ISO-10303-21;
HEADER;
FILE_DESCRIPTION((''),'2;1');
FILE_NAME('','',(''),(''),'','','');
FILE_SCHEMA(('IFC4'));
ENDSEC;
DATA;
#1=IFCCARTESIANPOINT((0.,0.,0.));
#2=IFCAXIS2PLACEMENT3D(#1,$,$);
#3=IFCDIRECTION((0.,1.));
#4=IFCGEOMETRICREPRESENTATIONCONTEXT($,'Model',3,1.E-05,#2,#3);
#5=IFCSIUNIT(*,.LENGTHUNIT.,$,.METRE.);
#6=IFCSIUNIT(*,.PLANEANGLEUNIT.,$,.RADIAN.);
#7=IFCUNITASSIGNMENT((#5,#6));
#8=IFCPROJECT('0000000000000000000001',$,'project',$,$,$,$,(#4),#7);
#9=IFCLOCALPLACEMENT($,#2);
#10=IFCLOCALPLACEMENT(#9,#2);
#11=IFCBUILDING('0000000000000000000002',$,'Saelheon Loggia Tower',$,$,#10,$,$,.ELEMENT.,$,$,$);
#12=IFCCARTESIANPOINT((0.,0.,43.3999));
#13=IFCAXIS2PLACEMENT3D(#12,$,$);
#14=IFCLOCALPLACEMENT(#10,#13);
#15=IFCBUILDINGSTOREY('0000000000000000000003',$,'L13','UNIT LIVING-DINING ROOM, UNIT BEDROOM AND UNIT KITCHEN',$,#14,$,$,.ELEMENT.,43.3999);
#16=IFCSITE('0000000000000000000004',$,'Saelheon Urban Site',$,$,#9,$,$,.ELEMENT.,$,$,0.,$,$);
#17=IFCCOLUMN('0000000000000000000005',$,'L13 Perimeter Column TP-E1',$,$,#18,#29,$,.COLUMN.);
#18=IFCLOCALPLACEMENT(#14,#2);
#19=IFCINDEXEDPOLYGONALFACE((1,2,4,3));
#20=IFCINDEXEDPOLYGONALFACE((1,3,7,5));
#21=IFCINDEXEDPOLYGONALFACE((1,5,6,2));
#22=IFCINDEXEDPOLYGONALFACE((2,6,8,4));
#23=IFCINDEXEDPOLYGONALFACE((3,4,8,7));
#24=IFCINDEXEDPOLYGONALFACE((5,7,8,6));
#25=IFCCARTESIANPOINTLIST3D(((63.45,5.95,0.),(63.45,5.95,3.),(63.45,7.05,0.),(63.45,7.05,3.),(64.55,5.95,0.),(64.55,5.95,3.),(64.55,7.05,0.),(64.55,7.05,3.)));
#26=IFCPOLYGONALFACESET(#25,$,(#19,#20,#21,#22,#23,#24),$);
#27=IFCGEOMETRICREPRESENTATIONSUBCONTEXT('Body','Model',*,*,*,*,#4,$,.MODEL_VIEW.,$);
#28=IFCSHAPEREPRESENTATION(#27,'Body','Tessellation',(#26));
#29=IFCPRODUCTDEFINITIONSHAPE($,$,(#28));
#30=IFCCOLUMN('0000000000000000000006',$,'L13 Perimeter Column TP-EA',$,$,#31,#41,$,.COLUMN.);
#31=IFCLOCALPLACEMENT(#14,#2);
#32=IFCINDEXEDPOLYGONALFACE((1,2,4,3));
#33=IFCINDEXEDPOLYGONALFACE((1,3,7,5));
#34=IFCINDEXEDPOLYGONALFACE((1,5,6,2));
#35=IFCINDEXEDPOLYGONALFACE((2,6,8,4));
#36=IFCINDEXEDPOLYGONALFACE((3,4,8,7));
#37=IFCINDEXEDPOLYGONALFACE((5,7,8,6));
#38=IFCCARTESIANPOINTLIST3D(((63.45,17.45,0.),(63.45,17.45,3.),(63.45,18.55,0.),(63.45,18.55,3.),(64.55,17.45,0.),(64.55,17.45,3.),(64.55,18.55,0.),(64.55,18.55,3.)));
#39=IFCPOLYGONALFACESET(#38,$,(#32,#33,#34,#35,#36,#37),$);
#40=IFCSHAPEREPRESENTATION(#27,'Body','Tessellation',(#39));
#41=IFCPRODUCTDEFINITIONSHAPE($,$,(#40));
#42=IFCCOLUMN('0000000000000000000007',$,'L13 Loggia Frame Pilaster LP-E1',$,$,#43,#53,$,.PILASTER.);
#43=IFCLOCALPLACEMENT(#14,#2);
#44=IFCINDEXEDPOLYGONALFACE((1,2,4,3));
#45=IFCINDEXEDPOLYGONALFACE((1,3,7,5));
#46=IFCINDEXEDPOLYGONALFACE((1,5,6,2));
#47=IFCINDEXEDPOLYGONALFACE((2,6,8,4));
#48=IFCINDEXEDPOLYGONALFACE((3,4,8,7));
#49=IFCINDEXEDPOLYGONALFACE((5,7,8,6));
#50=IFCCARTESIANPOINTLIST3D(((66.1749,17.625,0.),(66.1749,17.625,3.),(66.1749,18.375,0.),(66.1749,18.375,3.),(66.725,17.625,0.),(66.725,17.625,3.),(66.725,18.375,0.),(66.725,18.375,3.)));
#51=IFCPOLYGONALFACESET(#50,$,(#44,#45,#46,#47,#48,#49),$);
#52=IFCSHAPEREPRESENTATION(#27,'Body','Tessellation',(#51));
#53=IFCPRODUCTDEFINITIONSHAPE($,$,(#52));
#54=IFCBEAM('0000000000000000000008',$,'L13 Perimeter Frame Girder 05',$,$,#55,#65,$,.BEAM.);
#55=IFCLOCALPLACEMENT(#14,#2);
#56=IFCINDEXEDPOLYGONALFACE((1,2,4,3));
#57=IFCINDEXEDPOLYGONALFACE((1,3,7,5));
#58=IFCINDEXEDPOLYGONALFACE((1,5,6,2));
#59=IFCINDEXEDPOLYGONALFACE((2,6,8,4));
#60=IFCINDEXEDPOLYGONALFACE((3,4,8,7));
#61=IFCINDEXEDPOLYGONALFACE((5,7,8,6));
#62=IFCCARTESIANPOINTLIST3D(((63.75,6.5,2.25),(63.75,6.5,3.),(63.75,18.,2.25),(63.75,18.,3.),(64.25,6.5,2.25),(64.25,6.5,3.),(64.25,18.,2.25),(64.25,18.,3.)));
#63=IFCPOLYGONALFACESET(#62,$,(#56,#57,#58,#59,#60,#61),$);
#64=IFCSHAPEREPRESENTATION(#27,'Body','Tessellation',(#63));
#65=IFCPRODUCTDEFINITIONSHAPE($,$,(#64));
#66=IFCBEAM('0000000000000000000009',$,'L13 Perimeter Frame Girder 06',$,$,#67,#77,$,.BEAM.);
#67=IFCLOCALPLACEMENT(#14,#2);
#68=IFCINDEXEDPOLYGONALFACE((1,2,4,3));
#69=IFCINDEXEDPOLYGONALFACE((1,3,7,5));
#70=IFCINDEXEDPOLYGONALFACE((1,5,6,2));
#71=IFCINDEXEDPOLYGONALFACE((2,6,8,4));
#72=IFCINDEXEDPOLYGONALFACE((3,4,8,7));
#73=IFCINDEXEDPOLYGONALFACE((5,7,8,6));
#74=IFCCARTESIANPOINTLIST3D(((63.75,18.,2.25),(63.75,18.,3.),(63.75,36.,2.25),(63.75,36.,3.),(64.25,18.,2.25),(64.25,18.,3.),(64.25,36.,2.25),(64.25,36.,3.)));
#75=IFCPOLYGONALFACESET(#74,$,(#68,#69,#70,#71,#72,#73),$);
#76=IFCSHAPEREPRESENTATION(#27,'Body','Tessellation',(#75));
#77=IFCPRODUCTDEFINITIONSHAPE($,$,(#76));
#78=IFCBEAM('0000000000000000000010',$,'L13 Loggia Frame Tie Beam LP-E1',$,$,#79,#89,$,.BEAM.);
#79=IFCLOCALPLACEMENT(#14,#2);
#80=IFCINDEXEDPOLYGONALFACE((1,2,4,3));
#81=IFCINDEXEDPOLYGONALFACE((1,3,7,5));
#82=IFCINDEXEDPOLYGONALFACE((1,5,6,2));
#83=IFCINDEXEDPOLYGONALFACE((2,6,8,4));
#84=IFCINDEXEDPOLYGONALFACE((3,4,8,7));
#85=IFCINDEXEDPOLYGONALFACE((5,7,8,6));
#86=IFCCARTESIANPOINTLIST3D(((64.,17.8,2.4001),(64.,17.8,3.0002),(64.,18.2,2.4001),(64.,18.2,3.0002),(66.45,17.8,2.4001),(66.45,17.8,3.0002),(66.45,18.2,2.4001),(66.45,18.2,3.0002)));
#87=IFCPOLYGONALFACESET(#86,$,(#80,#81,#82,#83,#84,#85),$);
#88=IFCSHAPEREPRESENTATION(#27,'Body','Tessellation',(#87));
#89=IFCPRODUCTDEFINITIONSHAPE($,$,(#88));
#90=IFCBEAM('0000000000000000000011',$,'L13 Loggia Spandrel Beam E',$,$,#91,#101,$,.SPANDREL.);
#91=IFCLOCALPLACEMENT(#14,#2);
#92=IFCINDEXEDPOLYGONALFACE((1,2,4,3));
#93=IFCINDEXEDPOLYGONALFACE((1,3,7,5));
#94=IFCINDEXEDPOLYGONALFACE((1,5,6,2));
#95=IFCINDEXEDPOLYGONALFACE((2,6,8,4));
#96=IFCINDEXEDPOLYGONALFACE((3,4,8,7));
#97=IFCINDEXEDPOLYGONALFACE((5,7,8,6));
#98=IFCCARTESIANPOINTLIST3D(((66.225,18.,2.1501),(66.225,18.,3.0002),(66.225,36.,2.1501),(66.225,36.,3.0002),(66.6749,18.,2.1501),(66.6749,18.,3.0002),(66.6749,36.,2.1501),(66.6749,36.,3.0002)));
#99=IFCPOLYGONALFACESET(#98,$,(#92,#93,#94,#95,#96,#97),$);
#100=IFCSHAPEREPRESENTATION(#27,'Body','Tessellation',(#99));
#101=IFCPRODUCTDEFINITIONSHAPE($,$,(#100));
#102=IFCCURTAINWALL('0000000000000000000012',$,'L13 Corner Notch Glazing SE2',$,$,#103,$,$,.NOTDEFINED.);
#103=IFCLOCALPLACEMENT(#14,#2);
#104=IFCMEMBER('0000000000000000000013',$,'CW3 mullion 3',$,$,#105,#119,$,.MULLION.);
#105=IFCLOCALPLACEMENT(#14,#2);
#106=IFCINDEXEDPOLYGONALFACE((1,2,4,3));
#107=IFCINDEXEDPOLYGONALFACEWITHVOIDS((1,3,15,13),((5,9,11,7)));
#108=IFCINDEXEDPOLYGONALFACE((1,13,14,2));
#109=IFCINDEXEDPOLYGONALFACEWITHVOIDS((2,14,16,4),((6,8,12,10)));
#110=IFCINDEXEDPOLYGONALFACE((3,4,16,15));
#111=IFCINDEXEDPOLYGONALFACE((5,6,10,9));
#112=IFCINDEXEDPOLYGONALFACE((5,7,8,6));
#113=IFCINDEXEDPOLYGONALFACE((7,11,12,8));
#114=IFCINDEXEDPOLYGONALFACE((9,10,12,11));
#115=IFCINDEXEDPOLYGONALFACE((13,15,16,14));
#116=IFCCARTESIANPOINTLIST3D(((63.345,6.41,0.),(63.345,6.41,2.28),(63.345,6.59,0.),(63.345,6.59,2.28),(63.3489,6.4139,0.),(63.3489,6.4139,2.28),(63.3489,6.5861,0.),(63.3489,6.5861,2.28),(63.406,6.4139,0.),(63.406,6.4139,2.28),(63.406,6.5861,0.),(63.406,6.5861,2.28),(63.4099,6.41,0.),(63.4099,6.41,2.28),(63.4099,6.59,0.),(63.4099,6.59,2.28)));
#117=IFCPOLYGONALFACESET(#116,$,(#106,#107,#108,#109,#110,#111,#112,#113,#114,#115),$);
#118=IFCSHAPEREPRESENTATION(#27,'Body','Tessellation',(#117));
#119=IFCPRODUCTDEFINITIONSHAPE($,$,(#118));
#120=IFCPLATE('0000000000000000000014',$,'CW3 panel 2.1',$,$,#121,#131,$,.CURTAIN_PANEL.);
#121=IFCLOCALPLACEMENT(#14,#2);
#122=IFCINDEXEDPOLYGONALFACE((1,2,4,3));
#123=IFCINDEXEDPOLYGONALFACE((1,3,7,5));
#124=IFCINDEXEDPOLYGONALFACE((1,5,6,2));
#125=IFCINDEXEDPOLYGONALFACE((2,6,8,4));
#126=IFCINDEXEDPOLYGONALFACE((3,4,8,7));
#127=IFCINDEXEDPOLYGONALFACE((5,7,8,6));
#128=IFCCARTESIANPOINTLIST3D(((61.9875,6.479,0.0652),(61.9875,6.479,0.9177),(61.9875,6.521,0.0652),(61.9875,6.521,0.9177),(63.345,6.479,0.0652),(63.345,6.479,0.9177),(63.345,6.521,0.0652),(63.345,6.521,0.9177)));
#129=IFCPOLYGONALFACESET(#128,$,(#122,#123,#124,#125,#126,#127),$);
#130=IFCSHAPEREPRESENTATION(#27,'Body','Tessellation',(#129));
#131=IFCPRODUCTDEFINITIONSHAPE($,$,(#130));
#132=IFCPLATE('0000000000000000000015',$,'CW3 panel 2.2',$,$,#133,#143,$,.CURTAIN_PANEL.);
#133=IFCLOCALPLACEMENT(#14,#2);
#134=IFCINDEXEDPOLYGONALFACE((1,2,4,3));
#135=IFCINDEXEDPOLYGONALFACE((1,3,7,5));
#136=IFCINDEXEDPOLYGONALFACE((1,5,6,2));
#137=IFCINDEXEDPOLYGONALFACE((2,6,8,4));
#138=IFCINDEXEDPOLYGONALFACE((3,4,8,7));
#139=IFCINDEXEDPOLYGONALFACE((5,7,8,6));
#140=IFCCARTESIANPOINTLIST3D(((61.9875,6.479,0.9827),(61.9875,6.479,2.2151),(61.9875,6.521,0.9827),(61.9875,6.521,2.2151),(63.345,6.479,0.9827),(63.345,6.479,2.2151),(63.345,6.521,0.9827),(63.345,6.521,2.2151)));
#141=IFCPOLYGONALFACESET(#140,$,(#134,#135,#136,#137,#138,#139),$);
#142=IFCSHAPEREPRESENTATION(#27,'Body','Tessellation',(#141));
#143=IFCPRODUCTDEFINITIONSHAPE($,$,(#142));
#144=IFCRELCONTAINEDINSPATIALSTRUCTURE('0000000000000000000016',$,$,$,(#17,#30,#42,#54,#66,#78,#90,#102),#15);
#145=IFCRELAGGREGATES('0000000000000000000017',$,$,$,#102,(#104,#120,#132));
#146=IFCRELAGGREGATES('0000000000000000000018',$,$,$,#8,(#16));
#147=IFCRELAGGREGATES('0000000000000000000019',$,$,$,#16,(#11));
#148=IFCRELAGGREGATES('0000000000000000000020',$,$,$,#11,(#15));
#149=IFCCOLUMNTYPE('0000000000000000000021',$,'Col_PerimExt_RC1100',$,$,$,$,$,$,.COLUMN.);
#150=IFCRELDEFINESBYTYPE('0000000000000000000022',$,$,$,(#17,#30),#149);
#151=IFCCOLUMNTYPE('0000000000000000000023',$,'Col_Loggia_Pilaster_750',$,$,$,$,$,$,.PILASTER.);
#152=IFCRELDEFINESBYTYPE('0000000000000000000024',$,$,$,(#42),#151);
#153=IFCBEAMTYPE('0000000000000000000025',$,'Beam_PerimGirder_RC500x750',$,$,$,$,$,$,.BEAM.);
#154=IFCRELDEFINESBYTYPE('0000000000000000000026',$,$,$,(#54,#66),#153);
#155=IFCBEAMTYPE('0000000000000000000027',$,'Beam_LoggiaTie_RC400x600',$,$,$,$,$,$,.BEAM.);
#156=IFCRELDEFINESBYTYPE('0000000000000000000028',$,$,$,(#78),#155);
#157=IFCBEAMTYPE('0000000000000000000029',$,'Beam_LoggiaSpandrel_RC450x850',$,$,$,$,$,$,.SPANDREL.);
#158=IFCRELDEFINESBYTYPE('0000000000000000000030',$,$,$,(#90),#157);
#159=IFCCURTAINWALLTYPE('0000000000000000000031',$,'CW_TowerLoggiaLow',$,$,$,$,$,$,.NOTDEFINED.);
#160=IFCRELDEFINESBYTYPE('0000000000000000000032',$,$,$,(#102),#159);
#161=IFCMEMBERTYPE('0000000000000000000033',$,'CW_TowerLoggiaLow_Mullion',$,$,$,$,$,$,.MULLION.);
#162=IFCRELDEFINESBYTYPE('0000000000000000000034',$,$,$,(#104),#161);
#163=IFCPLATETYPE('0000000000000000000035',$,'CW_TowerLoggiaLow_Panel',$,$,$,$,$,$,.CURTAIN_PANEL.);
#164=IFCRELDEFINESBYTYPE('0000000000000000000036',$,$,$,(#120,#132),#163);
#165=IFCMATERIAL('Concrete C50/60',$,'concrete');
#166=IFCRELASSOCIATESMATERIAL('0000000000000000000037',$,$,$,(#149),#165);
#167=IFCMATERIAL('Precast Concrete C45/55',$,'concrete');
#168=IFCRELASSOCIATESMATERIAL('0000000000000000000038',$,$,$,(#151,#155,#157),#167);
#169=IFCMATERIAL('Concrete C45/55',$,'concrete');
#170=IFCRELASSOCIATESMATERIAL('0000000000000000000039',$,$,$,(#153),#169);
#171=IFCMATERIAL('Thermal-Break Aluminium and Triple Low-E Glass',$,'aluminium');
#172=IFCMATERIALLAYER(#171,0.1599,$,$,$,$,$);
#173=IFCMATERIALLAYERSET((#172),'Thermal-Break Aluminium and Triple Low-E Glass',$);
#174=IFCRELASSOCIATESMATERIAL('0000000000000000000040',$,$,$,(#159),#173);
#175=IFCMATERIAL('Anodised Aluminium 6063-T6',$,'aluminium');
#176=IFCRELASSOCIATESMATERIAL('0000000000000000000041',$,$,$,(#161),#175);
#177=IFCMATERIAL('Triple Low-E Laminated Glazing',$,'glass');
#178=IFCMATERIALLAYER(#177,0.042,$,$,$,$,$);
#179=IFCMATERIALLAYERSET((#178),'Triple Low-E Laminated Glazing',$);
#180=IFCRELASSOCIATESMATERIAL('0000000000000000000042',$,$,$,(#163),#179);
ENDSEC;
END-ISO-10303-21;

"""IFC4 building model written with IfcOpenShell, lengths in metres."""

from ifc_helpers import new_model, si_unit, direction, frame, origin, origin_2d, place, context, subcontext, project, spatial, rectangle, hollow_rectangle, extrude, source, transform, mapped, material, layer, layer_set, material_profile, profile_set, type_object, element, aggregate, save


model = new_model("IFC4")

# Units and contexts
model_context = context("Model", 3, precision=1e-05, world=origin(), true_north=direction((0.0, 1.0)))
body_context = subcontext(model_context, "Body", "Model", "MODEL_VIEW")
ifc_project = project(units=[si_unit("LENGTHUNIT", "METRE"), si_unit("PLANEANGLEUNIT", "RADIAN")], contexts=[model_context])

# Site, building, storey
site_placement = place(None, origin())
site = spatial("IfcSite", under=ifc_project, at=site_placement, Name="Saelheon Urban Site", CompositionType="ELEMENT", RefElevation=0.0)
building_placement = place(site_placement, origin())
building = spatial("IfcBuilding", under=site, at=building_placement, Name="Saelheon Loggia Tower", CompositionType="ELEMENT")
storey_placement = place(building_placement, frame((0.0, 0.0, 43.3999)))
storey = spatial("IfcBuildingStorey", under=building, at=storey_placement, Name="L13", Description="UNIT LIVING-DINING ROOM, UNIT BEDROOM AND UNIT KITCHEN", CompositionType="ELEMENT", Elevation=43.3999)

# Columns
ifc_material_1 = material(Name="Concrete C50/60", Category="concrete")
ifc_material_profile_1 = material_profile(ifc_material_1, rectangle(XDim=1.1001, YDim=1.1001, at=origin_2d()), Name="RC-1100x1100")
ifc_profile_set_1 = profile_set([ifc_material_profile_1], Name="Concrete C50/60")
column_type_1 = type_object("IfcColumnType", Name="Col_PerimExt_RC1100", PredefinedType="COLUMN", material=ifc_profile_set_1)
shared_shape_1 = source(origin(), body_context, "Body", "SweptSolid", [
    extrude(rectangle(XDim=1.1001, YDim=1.1001, at=origin_2d()), origin(), (0.0, 0.0, 1.0), 3.0),
])
for number, where, z_axis, x_axis, name in (
    (1, (64.0, 6.5, 0.0), (0.0, 0.0, 1.0), (1.0, 0.0, 0.0), "L13 Perimeter Column TP-E1"),
    (2, (64.0, 18.0, 0.0), (0.0, 0.0, 1.0), (1.0, 0.0, 0.0), "L13 Perimeter Column TP-EA"),
):
    element("IfcColumn", number, at=place(storey_placement, frame(where, z_axis=z_axis, x_axis=x_axis)), inside=storey, type_object=column_type_1, Name=name, PredefinedType="COLUMN", context=body_context, shape_type="MappedRepresentation", body=[
        mapped(shared_shape_1, transform((0.0, 0.0, 0.0), scale=1.0)),
    ])
ifc_material_2 = material(Name="Precast Concrete C45/55", Category="concrete")
ifc_material_profile_2 = material_profile(ifc_material_2, rectangle(XDim=0.55, YDim=0.75, at=origin_2d()), Name="RC-550x750")
ifc_profile_set_2 = profile_set([ifc_material_profile_2], Name="Precast Concrete C45/55")
column_type_2 = type_object("IfcColumnType", Name="Col_Loggia_Pilaster_750", PredefinedType="PILASTER", material=ifc_profile_set_2)
shared_shape_2 = source(origin(), body_context, "Body", "SweptSolid", [
    extrude(rectangle(XDim=0.55, YDim=0.75, at=origin_2d()), origin(), (0.0, 0.0, 1.0), 3.0),
])
column_placement = place(storey_placement, frame((66.45, 18.0, 0.0), z_axis=(0.0, 0.0, 1.0), x_axis=(1.0, 0.0, 0.0)))
element("IfcColumn", 3, at=column_placement, inside=storey, type_object=column_type_2, Name="L13 Loggia Frame Pilaster LP-E1", PredefinedType="PILASTER", context=body_context, shape_type="MappedRepresentation", body=[
    mapped(shared_shape_2, transform((0.0, 0.0, 0.0), scale=1.0)),
])

# Beams
ifc_material_3 = material(Name="Concrete C45/55", Category="concrete")
ifc_material_profile_3 = material_profile(ifc_material_3, rectangle(XDim=0.5, YDim=0.75, at=origin_2d()), Name="RC-500x750")
ifc_profile_set_3 = profile_set([ifc_material_profile_3], Name="Concrete C45/55")
beam_type_1 = type_object("IfcBeamType", Name="Beam_PerimGirder_RC500x750", PredefinedType="BEAM", material=ifc_profile_set_3)
shared_shape_3 = source(origin(), body_context, "Body", "SweptSolid", [
    extrude(rectangle(XDim=0.5, YDim=0.75, at=origin_2d()), origin(), (0.0, 0.0, 1.0), 11.5),
])
beam_1_placement = place(storey_placement, frame((64.0, 6.5, 2.625), z_axis=(0.0, 1.0, 0.0), x_axis=(-1.0, 0.0, 0.0)))
element("IfcBeam", 4, at=beam_1_placement, inside=storey, type_object=beam_type_1, Name="L13 Perimeter Frame Girder 05", PredefinedType="BEAM", context=body_context, shape_type="MappedRepresentation", body=[
    mapped(shared_shape_3, transform((0.0, 0.0, 0.0), scale=1.0)),
])
shared_shape_4 = source(origin(), body_context, "Body", "SweptSolid", [
    extrude(rectangle(XDim=0.5, YDim=0.75, at=origin_2d()), origin(), (0.0, 0.0, 1.0), 18.0),
])
beam_2_placement = place(storey_placement, frame((64.0, 18.0, 2.625), z_axis=(0.0, 1.0, 0.0), x_axis=(-1.0, 0.0, 0.0)))
element("IfcBeam", 5, at=beam_2_placement, inside=storey, type_object=beam_type_1, Name="L13 Perimeter Frame Girder 06", PredefinedType="BEAM", context=body_context, shape_type="MappedRepresentation", body=[
    mapped(shared_shape_4, transform((0.0, 0.0, 0.0), scale=1.0)),
])
ifc_material_profile_4 = material_profile(ifc_material_2, rectangle(XDim=0.3999, YDim=0.6001, at=origin_2d()), Name="RC-400x600")
ifc_profile_set_4 = profile_set([ifc_material_profile_4], Name="Precast Concrete C45/55")
beam_type_2 = type_object("IfcBeamType", Name="Beam_LoggiaTie_RC400x600", PredefinedType="BEAM", material=ifc_profile_set_4)
shared_shape_5 = source(origin(), body_context, "Body", "SweptSolid", [
    extrude(rectangle(XDim=0.3999, YDim=0.6001, at=origin_2d()), origin(), (0.0, 0.0, 1.0), 2.45),
])
beam_3_placement = place(storey_placement, frame((64.0, 18.0, 2.7002), z_axis=(1.0, 0.0, 0.0), x_axis=(0.0, 1.0, 0.0)))
element("IfcBeam", 6, at=beam_3_placement, inside=storey, type_object=beam_type_2, Name="L13 Loggia Frame Tie Beam LP-E1", PredefinedType="BEAM", context=body_context, shape_type="MappedRepresentation", body=[
    mapped(shared_shape_5, transform((0.0, 0.0, 0.0), scale=1.0)),
])
ifc_material_profile_5 = material_profile(ifc_material_2, rectangle(XDim=0.45, YDim=0.8501, at=origin_2d()), Name="RC-450x850")
ifc_profile_set_5 = profile_set([ifc_material_profile_5], Name="Precast Concrete C45/55")
beam_type_3 = type_object("IfcBeamType", Name="Beam_LoggiaSpandrel_RC450x850", PredefinedType="SPANDREL", material=ifc_profile_set_5)
shared_shape_6 = source(origin(), body_context, "Body", "SweptSolid", [
    extrude(rectangle(XDim=0.45, YDim=0.8501, at=origin_2d()), origin(), (0.0, 0.0, 1.0), 18.0),
])
beam_4_placement = place(storey_placement, frame((66.45, 18.0, 2.5752), z_axis=(0.0, 1.0, 0.0), x_axis=(-1.0, 0.0, 0.0)))
element("IfcBeam", 7, at=beam_4_placement, inside=storey, type_object=beam_type_3, Name="L13 Loggia Spandrel Beam E", PredefinedType="SPANDREL", context=body_context, shape_type="MappedRepresentation", body=[
    mapped(shared_shape_6, transform((0.0, 0.0, 0.0), scale=1.0)),
])

# Curtain wall, member, plates
ifc_material_4 = material(Name="Thermal-Break Aluminium and Triple Low-E Glass", Category="aluminium")
ifc_layer_1 = layer(ifc_material_4, 0.1599)
ifc_layer_set_1 = layer_set([ifc_layer_1], Name="Thermal-Break Aluminium and Triple Low-E Glass")
curtain_wall_type = type_object("IfcCurtainWallType", Name="CW_TowerLoggiaLow", PredefinedType="NOTDEFINED", material=ifc_layer_set_1)
curtain_wall_placement = place(storey_placement, origin())
curtain_wall = element("IfcCurtainWall", 8, at=curtain_wall_placement, inside=storey, type_object=curtain_wall_type, Name="L13 Corner Notch Glazing SE2", PredefinedType="NOTDEFINED")
ifc_material_5 = material(Name="Anodised Aluminium 6063-T6", Category="aluminium")
ifc_material_profile_6 = material_profile(ifc_material_5, hollow_rectangle(XDim=0.0649, YDim=0.1799, WallThickness=0.0039, at=origin_2d()), Name="RHS-180x65x4")
ifc_profile_set_6 = profile_set([ifc_material_profile_6], Name="Anodised Aluminium 6063-T6")
member_type = type_object("IfcMemberType", Name="CW_TowerLoggiaLow_Mullion", PredefinedType="MULLION", material=ifc_profile_set_6)
shared_shape_7 = source(origin(), body_context, "Body", "SweptSolid", [
    extrude(hollow_rectangle(XDim=0.0649, YDim=0.1799, WallThickness=0.0039, at=origin_2d()), origin(), (0.0, 0.0, 1.0), 2.28),
])
member_placement = place(storey_placement, frame((63.3774, 6.5, 0.0), z_axis=(0.0, 0.0, 1.0), x_axis=(1.0, 0.0, 0.0)))
member = element("IfcMember", 9, at=member_placement, type_object=member_type, Name="CW3 mullion 3", PredefinedType="MULLION", context=body_context, shape_type="MappedRepresentation", body=[
    mapped(shared_shape_7, transform((0.0, 0.0, 0.0), scale=1.0)),
])
ifc_material_6 = material(Name="Triple Low-E Laminated Glazing", Category="glass")
ifc_layer_2 = layer(ifc_material_6, 0.042)
ifc_layer_set_2 = layer_set([ifc_layer_2], Name="Triple Low-E Laminated Glazing")
plate_type = type_object("IfcPlateType", Name="CW_TowerLoggiaLow_Panel", PredefinedType="CURTAIN_PANEL", material=ifc_layer_set_2)
shared_shape_8 = source(origin(), body_context, "Body", "SweptSolid", [
    extrude(rectangle(XDim=1.3574, YDim=0.042, at=origin_2d()), origin(), (0.0, 0.0, 1.0), 0.8525),
])
plate_1_placement = place(storey_placement, frame((62.6663, 6.5, 0.0652), z_axis=(0.0, 0.0, 1.0), x_axis=(1.0, 0.0, 0.0)))
plate_1 = element("IfcPlate", 10, at=plate_1_placement, type_object=plate_type, Name="CW3 panel 2.1", PredefinedType="CURTAIN_PANEL", context=body_context, shape_type="MappedRepresentation", body=[
    mapped(shared_shape_8, transform((0.0, 0.0, 0.0), scale=1.0)),
])
shared_shape_9 = source(origin(), body_context, "Body", "SweptSolid", [
    extrude(rectangle(XDim=1.3574, YDim=0.042, at=origin_2d()), origin(), (0.0, 0.0, 1.0), 1.2324),
])
plate_2_placement = place(storey_placement, frame((62.6663, 6.5, 0.9827), z_axis=(0.0, 0.0, 1.0), x_axis=(1.0, 0.0, 0.0)))
plate_2 = element("IfcPlate", 11, at=plate_2_placement, type_object=plate_type, Name="CW3 panel 2.2", PredefinedType="CURTAIN_PANEL", context=body_context, shape_type="MappedRepresentation", body=[
    mapped(shared_shape_9, transform((0.0, 0.0, 0.0), scale=1.0)),
])
aggregate(curtain_wall, [member, plate_1, plate_2])

save(model, "model.ifc")
